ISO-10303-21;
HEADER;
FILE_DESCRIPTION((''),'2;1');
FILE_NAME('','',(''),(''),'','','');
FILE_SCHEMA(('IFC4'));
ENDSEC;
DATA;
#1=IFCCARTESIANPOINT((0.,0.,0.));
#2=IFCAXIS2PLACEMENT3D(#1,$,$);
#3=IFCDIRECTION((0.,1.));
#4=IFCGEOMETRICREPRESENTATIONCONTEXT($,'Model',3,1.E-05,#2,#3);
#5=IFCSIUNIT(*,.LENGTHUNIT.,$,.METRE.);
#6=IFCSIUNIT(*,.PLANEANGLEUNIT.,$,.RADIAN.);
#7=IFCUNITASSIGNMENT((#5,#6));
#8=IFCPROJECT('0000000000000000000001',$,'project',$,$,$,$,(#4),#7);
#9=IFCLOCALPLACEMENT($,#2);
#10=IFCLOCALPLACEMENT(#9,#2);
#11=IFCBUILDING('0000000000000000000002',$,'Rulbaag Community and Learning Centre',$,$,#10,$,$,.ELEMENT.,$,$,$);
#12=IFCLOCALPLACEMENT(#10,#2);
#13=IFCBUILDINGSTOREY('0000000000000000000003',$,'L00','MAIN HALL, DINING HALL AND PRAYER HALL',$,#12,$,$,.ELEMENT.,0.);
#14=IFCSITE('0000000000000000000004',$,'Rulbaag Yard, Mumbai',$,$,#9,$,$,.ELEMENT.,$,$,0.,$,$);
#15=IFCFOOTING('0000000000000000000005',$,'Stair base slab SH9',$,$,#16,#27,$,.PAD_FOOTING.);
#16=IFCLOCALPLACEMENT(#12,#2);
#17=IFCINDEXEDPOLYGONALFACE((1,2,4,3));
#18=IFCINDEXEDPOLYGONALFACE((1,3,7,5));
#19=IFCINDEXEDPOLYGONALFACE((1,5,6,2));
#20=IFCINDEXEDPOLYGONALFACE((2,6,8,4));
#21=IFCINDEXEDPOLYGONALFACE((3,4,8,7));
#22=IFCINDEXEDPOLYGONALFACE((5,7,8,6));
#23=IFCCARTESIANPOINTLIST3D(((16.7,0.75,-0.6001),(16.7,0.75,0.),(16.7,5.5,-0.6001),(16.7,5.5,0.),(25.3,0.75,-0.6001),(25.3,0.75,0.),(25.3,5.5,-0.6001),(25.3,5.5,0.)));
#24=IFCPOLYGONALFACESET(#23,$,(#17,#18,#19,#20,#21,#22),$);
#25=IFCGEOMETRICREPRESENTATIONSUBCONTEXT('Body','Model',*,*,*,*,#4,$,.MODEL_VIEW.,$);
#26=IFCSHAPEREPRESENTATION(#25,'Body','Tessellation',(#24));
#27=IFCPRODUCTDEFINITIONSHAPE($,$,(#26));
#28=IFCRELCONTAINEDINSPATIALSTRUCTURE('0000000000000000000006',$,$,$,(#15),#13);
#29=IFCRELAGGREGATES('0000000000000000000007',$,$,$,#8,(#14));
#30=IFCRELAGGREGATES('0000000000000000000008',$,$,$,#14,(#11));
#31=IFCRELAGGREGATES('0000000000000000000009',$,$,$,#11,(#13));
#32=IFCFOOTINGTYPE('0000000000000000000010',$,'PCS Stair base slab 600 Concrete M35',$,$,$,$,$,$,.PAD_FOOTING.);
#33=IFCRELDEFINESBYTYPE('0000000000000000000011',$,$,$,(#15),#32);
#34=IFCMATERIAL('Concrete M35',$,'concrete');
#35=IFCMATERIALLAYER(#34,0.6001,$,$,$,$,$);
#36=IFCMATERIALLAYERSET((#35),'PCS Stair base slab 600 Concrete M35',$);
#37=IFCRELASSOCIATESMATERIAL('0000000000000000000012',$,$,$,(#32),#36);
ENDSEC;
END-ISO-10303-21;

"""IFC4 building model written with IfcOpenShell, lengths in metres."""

from ifc_helpers import new_model, si_unit, direction, frame, origin, place, context, subcontext, project, spatial, polyline, outline, extrude, material, layer, layer_set, type_object, element, save


model = new_model("IFC4")

# Units and contexts
model_context = context("Model", 3, precision=1e-05, world=origin(), true_north=direction((0.0, 1.0)))
body_context = subcontext(model_context, "Body", "Model", "MODEL_VIEW")
ifc_project = project(units=[si_unit("LENGTHUNIT", "METRE"), si_unit("PLANEANGLEUNIT", "RADIAN")], contexts=[model_context])

# Site, building, storey
site_placement = place(None, origin())
site = spatial("IfcSite", under=ifc_project, at=site_placement, Name="Rulbaag Yard, Mumbai", CompositionType="ELEMENT", RefElevation=0.0)
building_placement = place(site_placement, origin())
building = spatial("IfcBuilding", under=site, at=building_placement, Name="Rulbaag Community and Learning Centre", CompositionType="ELEMENT")
storey_placement = place(building_placement, origin())
storey = spatial("IfcBuildingStorey", under=building, at=storey_placement, Name="L00", Description="MAIN HALL, DINING HALL AND PRAYER HALL", CompositionType="ELEMENT", Elevation=0.0)

# Footing
ifc_material = material(Name="Concrete M35", Category="concrete")
ifc_layer = layer(ifc_material, 0.6001)
ifc_layer_set = layer_set([ifc_layer], Name="PCS Stair base slab 600 Concrete M35")
footing_type = type_object("IfcFootingType", Name="PCS Stair base slab 600 Concrete M35", PredefinedType="PAD_FOOTING", material=ifc_layer_set)
footing_placement = place(storey_placement, frame((0.0, 0.0, -0.6001)))
element("IfcFooting", 1, at=footing_placement, inside=storey, type_object=footing_type, Name="Stair base slab SH9", PredefinedType="PAD_FOOTING", context=body_context, shape_type="SweptSolid", body=[
    extrude(outline(polyline([(16.7, 0.75), (25.3, 0.75), (25.3, 5.5), (16.7, 5.5), (16.7, 0.75)])), origin(), (0.0, 0.0, 1.0), 0.6001),
])

save(model, "model.ifc")
